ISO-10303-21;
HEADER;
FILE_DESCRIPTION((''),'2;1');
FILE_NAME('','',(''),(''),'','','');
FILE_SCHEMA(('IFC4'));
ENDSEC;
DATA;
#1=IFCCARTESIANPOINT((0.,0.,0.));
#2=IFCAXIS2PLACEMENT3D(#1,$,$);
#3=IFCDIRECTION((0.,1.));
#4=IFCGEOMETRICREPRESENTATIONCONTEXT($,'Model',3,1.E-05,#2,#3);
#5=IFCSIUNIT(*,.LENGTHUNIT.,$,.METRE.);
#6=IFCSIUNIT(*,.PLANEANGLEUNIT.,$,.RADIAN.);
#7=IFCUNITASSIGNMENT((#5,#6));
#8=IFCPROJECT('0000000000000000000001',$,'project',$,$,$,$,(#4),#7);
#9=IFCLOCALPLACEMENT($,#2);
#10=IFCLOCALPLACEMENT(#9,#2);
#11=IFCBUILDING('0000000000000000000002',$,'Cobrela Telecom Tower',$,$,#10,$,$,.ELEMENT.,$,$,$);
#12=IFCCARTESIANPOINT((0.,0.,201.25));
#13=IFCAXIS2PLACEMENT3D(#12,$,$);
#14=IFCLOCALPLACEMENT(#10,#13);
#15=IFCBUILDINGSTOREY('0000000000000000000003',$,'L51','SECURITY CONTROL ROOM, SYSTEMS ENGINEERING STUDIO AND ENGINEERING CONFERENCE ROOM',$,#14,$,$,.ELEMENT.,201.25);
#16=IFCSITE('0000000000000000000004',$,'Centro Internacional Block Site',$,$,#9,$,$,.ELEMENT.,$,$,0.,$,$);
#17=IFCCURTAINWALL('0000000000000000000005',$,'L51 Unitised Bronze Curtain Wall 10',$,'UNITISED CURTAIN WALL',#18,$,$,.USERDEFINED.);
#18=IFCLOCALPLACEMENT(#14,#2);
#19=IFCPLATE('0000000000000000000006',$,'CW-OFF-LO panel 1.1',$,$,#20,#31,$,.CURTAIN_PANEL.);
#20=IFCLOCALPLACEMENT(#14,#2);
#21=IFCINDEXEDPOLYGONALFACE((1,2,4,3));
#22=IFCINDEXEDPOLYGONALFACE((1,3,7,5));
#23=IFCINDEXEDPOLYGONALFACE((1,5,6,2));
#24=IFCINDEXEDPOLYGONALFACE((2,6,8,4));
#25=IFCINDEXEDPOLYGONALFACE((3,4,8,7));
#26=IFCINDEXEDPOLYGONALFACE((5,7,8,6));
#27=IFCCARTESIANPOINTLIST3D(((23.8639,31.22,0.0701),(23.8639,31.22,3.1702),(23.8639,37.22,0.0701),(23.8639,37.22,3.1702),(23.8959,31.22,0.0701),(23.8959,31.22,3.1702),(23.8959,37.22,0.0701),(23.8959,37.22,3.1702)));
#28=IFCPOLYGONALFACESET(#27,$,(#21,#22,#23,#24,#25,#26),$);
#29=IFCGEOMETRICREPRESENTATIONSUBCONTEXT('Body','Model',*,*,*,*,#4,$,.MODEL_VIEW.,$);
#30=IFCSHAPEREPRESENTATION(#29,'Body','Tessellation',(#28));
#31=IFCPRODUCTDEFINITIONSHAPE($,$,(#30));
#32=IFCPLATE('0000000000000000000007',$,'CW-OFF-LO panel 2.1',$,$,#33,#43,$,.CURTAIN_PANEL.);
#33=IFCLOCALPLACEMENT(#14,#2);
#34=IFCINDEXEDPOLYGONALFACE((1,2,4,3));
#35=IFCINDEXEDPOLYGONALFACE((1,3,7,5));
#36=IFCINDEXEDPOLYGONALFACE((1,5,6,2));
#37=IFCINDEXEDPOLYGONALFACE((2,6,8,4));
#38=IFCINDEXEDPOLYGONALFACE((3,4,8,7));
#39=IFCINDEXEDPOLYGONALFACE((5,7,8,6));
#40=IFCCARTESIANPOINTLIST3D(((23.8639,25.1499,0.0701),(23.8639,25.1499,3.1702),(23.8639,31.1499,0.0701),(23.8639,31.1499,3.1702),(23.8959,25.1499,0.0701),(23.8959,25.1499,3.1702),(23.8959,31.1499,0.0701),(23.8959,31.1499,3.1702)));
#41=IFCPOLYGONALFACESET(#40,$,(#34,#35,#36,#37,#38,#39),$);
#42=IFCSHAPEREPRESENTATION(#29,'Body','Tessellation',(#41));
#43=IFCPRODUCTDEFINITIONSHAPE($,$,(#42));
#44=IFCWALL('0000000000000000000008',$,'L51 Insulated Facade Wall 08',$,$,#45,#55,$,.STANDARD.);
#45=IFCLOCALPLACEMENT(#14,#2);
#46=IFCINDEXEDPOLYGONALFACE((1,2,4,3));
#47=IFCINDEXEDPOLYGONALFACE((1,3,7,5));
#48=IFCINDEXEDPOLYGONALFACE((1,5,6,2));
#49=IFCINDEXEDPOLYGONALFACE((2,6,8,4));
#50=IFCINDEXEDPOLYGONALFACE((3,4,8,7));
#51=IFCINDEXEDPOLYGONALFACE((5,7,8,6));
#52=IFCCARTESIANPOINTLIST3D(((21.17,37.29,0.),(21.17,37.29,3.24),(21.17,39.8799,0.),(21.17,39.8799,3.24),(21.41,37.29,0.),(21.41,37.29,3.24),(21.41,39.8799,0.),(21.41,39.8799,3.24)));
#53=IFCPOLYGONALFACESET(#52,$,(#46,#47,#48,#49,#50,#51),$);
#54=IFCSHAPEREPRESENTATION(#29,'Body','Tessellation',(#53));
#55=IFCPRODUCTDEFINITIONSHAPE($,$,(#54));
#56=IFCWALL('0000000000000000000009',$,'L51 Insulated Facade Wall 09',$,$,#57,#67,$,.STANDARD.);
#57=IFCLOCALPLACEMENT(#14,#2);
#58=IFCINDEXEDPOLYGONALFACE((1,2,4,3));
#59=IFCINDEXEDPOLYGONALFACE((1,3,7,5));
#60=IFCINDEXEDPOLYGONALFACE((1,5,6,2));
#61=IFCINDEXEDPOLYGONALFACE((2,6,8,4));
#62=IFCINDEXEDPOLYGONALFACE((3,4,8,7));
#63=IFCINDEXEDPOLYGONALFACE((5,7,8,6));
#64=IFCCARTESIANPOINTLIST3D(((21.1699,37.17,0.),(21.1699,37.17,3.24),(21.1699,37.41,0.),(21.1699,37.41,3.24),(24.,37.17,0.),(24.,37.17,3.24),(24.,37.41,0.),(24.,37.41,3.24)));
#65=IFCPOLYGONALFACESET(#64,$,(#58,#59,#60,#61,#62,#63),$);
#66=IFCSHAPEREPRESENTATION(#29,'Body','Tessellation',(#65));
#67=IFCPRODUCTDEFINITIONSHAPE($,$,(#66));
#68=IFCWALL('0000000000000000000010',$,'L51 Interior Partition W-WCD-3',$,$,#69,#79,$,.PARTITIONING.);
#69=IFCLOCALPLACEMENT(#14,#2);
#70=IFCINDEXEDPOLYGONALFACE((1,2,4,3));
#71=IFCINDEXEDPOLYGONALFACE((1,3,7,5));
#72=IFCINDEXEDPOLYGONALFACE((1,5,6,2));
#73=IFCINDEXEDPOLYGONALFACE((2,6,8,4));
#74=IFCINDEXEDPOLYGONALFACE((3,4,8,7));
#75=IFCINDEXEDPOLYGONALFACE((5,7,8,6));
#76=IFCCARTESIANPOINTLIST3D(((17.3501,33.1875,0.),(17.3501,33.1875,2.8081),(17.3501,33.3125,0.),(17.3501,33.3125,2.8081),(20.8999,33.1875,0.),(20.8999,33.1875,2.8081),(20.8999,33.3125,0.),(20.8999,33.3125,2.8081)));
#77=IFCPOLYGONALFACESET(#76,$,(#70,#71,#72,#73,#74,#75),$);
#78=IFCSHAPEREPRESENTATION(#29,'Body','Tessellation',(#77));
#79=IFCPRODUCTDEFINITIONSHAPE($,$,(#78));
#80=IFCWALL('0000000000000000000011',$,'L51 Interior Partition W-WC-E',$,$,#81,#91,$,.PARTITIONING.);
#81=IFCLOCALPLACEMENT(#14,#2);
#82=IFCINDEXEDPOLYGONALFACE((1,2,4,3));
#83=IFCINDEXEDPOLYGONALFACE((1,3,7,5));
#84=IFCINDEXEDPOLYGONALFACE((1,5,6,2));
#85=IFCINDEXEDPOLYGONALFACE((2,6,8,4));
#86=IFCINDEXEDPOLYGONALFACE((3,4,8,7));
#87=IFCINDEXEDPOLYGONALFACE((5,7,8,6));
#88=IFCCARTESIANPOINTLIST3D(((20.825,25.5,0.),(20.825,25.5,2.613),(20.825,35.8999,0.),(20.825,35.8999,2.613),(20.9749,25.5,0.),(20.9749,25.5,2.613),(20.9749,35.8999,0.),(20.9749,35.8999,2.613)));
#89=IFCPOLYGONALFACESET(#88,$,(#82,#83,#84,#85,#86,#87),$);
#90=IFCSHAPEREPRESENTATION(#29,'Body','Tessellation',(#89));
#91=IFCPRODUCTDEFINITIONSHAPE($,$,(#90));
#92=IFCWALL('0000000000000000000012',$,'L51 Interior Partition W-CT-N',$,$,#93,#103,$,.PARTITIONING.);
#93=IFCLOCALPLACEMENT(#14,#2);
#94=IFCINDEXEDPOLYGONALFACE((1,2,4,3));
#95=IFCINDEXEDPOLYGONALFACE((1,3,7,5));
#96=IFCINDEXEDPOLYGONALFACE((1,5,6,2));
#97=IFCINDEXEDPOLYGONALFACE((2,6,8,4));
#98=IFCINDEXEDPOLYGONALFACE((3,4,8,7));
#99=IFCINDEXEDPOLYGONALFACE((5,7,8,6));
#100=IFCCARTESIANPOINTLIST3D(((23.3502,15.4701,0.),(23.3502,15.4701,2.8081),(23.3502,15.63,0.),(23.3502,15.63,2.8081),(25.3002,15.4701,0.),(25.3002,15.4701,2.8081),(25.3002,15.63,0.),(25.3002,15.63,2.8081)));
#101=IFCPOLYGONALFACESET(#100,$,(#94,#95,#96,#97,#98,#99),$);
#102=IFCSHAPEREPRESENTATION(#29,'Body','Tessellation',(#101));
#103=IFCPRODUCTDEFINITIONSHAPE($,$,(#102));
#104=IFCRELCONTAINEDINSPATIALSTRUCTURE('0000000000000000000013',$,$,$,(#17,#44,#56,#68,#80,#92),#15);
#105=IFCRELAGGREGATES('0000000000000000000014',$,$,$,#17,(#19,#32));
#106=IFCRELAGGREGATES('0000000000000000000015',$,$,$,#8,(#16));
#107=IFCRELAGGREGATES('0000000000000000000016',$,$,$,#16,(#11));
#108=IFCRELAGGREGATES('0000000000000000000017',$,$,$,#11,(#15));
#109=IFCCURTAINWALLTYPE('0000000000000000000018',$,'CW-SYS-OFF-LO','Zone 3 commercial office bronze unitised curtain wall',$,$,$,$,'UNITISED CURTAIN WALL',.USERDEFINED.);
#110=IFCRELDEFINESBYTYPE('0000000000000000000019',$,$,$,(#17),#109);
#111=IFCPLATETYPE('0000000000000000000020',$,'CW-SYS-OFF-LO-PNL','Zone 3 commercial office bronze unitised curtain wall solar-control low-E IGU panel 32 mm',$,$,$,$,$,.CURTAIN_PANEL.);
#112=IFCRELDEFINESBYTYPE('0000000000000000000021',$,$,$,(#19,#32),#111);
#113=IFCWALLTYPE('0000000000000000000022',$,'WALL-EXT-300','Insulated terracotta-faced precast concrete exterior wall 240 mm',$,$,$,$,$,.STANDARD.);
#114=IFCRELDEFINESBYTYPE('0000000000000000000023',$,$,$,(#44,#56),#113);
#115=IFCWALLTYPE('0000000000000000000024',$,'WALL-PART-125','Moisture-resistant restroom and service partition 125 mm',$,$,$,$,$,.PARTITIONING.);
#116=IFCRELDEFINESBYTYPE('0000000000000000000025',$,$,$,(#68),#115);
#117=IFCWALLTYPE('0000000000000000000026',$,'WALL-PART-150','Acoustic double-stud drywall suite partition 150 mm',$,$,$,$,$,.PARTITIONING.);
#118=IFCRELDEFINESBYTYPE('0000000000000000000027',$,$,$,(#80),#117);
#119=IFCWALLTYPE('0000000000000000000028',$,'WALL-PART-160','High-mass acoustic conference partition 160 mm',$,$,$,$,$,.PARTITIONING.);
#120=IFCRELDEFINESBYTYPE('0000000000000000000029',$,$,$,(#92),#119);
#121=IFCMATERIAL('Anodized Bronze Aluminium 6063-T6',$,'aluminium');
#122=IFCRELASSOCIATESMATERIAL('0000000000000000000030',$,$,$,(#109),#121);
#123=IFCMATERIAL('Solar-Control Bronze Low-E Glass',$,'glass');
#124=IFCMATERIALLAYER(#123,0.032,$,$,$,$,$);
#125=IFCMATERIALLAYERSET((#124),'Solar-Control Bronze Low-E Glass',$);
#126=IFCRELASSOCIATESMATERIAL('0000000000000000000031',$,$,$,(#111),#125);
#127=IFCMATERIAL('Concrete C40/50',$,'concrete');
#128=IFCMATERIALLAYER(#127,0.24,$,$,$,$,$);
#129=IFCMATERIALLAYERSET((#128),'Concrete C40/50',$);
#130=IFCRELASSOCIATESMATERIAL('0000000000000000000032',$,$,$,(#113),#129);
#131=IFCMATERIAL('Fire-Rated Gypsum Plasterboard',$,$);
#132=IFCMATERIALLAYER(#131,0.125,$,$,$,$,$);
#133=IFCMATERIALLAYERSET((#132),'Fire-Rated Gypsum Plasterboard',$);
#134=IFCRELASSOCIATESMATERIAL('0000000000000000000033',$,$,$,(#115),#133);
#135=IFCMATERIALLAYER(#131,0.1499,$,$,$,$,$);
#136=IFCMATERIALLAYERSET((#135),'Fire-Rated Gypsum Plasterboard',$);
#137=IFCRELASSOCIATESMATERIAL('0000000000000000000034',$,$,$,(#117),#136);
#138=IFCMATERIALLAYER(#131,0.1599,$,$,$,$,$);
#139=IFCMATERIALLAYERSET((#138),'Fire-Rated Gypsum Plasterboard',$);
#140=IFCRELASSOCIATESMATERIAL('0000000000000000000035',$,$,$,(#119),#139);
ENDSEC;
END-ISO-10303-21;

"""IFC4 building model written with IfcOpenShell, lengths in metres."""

from ifc_helpers import new_model, si_unit, direction, frame, frame_2d, origin, origin_2d, place, context, subcontext, project, spatial, rectangle, extrude, material, layer, layer_set, type_object, element, aggregate, save


model = new_model("IFC4")

# Units and contexts
model_context = context("Model", 3, precision=1e-05, world=origin(), true_north=direction((0.0, 1.0)))
body_context = subcontext(model_context, "Body", "Model", "MODEL_VIEW")
ifc_project = project(units=[si_unit("LENGTHUNIT", "METRE"), si_unit("PLANEANGLEUNIT", "RADIAN")], contexts=[model_context])

# Site, building, storey
site_placement = place(None, origin())
site = spatial("IfcSite", under=ifc_project, at=site_placement, Name="Centro Internacional Block Site", CompositionType="ELEMENT", RefElevation=0.0)
building_placement = place(site_placement, origin())
building = spatial("IfcBuilding", under=site, at=building_placement, Name="Cobrela Telecom Tower", CompositionType="ELEMENT")
storey_placement = place(building_placement, frame((0.0, 0.0, 201.25)))
storey = spatial("IfcBuildingStorey", under=building, at=storey_placement, Name="L51", Description="SECURITY CONTROL ROOM, SYSTEMS ENGINEERING STUDIO AND ENGINEERING CONFERENCE ROOM", CompositionType="ELEMENT", Elevation=201.25)

# Shared definitions
ifc_material_1 = material(Name="Anodized Bronze Aluminium 6063-T6", Category="aluminium")
curtain_wall_type = type_object("IfcCurtainWallType", Name="CW-SYS-OFF-LO", Description="Zone 3 commercial office bronze unitised curtain wall", ElementType="UNITISED CURTAIN WALL", PredefinedType="USERDEFINED", material=ifc_material_1)

# Curtain wall
curtain_wall_1_placement = place(storey_placement, origin())
curtain_wall_1 = element("IfcCurtainWall", 1, at=curtain_wall_1_placement, inside=storey, type_object=curtain_wall_type, Name="L51 Unitised Bronze Curtain Wall 10", ObjectType="UNITISED CURTAIN WALL", PredefinedType="USERDEFINED")

# Plates
ifc_material_2 = material(Name="Solar-Control Bronze Low-E Glass", Category="glass")
ifc_layer_1 = layer(ifc_material_2, 0.032)
ifc_layer_set_1 = layer_set([ifc_layer_1], Name="Solar-Control Bronze Low-E Glass")
plate_type = type_object("IfcPlateType", Name="CW-SYS-OFF-LO-PNL", Description="Zone 3 commercial office bronze unitised curtain wall solar-control low-E IGU panel 32 mm", PredefinedType="CURTAIN_PANEL", material=ifc_layer_set_1)
plate_1_placement = place(storey_placement, frame((23.8799, 34.22, 0.0701), z_axis=(0.0, 0.0, 1.0), x_axis=(0.0, -1.0, 0.0)))
plate_1 = element("IfcPlate", 2, at=plate_1_placement, type_object=plate_type, Name="CW-OFF-LO panel 1.1", PredefinedType="CURTAIN_PANEL", context=body_context, shape_type="SweptSolid", body=[
    extrude(rectangle(XDim=6.0, YDim=0.032, at=origin_2d()), origin(), (0.0, 0.0, 1.0), 3.1001),
])
plate_2_placement = place(storey_placement, frame((23.8799, 28.1499, 0.0701), z_axis=(0.0, 0.0, 1.0), x_axis=(0.0, -1.0, 0.0)))
plate_2 = element("IfcPlate", 3, at=plate_2_placement, type_object=plate_type, Name="CW-OFF-LO panel 2.1", PredefinedType="CURTAIN_PANEL", context=body_context, shape_type="SweptSolid", body=[
    extrude(rectangle(XDim=6.0, YDim=0.032, at=origin_2d()), origin(), (0.0, 0.0, 1.0), 3.1001),
])
aggregate(curtain_wall_1, [plate_1, plate_2])

# Walls
ifc_material_3 = material(Name="Concrete C40/50", Category="concrete")
ifc_layer_2 = layer(ifc_material_3, 0.24)
ifc_layer_set_2 = layer_set([ifc_layer_2], Name="Concrete C40/50")
wall_type_1 = type_object("IfcWallType", Name="WALL-EXT-300", Description="Insulated terracotta-faced precast concrete exterior wall 240 mm", PredefinedType="STANDARD", material=ifc_layer_set_2)
wall_1_placement = place(storey_placement, frame((21.29, 39.8799, 0.0), z_axis=(0.0, 0.0, 1.0), x_axis=(0.0, -1.0, 0.0)))
element("IfcWall", 4, at=wall_1_placement, inside=storey, type_object=wall_type_1, Name="L51 Insulated Facade Wall 08", PredefinedType="STANDARD", context=body_context, shape_type="SweptSolid", body=[
    extrude(rectangle(XDim=2.5898, YDim=0.24, at=frame_2d((1.2949, 0.0))), origin(), (0.0, 0.0, 1.0), 3.24),
])
wall_2_placement = place(storey_placement, frame((21.1699, 37.29, 0.0), z_axis=(0.0, 0.0, 1.0), x_axis=(1.0, 0.0, 0.0)))
element("IfcWall", 5, at=wall_2_placement, inside=storey, type_object=wall_type_1, Name="L51 Insulated Facade Wall 09", PredefinedType="STANDARD", context=body_context, shape_type="SweptSolid", body=[
    extrude(rectangle(XDim=2.8301, YDim=0.24, at=frame_2d((1.415, 0.0))), origin(), (0.0, 0.0, 1.0), 3.24),
])
ifc_material_4 = material(Name="Fire-Rated Gypsum Plasterboard")
ifc_layer_3 = layer(ifc_material_4, 0.125)
ifc_layer_set_3 = layer_set([ifc_layer_3], Name="Fire-Rated Gypsum Plasterboard")
wall_type_2 = type_object("IfcWallType", Name="WALL-PART-125", Description="Moisture-resistant restroom and service partition 125 mm", PredefinedType="PARTITIONING", material=ifc_layer_set_3)
wall_3_placement = place(storey_placement, frame((17.3501, 33.25, 0.0), z_axis=(0.0, 0.0, 1.0), x_axis=(1.0, 0.0, 0.0)))
element("IfcWall", 6, at=wall_3_placement, inside=storey, type_object=wall_type_2, Name="L51 Interior Partition W-WCD-3", PredefinedType="PARTITIONING", context=body_context, shape_type="SweptSolid", body=[
    extrude(rectangle(XDim=3.5498, YDim=0.125, at=frame_2d((1.7749, 0.0))), origin(), (0.0, 0.0, 1.0), 2.8081),
])
ifc_layer_4 = layer(ifc_material_4, 0.1499)
ifc_layer_set_4 = layer_set([ifc_layer_4], Name="Fire-Rated Gypsum Plasterboard")
wall_type_3 = type_object("IfcWallType", Name="WALL-PART-150", Description="Acoustic double-stud drywall suite partition 150 mm", PredefinedType="PARTITIONING", material=ifc_layer_set_4)
wall_4_placement = place(storey_placement, frame((20.8999, 25.5, 0.0), z_axis=(0.0, 0.0, 1.0), x_axis=(0.0, 1.0, 0.0)))
element("IfcWall", 7, at=wall_4_placement, inside=storey, type_object=wall_type_3, Name="L51 Interior Partition W-WC-E", PredefinedType="PARTITIONING", context=body_context, shape_type="SweptSolid", body=[
    extrude(rectangle(XDim=10.3999, YDim=0.1499, at=frame_2d((5.2, 0.0))), origin(), (0.0, 0.0, 1.0), 2.613),
])
ifc_layer_5 = layer(ifc_material_4, 0.1599)
ifc_layer_set_5 = layer_set([ifc_layer_5], Name="Fire-Rated Gypsum Plasterboard")
wall_type_4 = type_object("IfcWallType", Name="WALL-PART-160", Description="High-mass acoustic conference partition 160 mm", PredefinedType="PARTITIONING", material=ifc_layer_set_5)
wall_5_placement = place(storey_placement, frame((23.3501, 15.55, 0.0), z_axis=(0.0, 0.0, 1.0), x_axis=(1.0, 0.0, 0.0)))
element("IfcWall", 8, at=wall_5_placement, inside=storey, type_object=wall_type_4, Name="L51 Interior Partition W-CT-N", PredefinedType="PARTITIONING", context=body_context, shape_type="SweptSolid", body=[
    extrude(rectangle(XDim=1.95, YDim=0.1599, at=frame_2d((0.9751, 0.0))), origin(), (0.0, 0.0, 1.0), 2.8081),
])

save(model, "model.ifc")
